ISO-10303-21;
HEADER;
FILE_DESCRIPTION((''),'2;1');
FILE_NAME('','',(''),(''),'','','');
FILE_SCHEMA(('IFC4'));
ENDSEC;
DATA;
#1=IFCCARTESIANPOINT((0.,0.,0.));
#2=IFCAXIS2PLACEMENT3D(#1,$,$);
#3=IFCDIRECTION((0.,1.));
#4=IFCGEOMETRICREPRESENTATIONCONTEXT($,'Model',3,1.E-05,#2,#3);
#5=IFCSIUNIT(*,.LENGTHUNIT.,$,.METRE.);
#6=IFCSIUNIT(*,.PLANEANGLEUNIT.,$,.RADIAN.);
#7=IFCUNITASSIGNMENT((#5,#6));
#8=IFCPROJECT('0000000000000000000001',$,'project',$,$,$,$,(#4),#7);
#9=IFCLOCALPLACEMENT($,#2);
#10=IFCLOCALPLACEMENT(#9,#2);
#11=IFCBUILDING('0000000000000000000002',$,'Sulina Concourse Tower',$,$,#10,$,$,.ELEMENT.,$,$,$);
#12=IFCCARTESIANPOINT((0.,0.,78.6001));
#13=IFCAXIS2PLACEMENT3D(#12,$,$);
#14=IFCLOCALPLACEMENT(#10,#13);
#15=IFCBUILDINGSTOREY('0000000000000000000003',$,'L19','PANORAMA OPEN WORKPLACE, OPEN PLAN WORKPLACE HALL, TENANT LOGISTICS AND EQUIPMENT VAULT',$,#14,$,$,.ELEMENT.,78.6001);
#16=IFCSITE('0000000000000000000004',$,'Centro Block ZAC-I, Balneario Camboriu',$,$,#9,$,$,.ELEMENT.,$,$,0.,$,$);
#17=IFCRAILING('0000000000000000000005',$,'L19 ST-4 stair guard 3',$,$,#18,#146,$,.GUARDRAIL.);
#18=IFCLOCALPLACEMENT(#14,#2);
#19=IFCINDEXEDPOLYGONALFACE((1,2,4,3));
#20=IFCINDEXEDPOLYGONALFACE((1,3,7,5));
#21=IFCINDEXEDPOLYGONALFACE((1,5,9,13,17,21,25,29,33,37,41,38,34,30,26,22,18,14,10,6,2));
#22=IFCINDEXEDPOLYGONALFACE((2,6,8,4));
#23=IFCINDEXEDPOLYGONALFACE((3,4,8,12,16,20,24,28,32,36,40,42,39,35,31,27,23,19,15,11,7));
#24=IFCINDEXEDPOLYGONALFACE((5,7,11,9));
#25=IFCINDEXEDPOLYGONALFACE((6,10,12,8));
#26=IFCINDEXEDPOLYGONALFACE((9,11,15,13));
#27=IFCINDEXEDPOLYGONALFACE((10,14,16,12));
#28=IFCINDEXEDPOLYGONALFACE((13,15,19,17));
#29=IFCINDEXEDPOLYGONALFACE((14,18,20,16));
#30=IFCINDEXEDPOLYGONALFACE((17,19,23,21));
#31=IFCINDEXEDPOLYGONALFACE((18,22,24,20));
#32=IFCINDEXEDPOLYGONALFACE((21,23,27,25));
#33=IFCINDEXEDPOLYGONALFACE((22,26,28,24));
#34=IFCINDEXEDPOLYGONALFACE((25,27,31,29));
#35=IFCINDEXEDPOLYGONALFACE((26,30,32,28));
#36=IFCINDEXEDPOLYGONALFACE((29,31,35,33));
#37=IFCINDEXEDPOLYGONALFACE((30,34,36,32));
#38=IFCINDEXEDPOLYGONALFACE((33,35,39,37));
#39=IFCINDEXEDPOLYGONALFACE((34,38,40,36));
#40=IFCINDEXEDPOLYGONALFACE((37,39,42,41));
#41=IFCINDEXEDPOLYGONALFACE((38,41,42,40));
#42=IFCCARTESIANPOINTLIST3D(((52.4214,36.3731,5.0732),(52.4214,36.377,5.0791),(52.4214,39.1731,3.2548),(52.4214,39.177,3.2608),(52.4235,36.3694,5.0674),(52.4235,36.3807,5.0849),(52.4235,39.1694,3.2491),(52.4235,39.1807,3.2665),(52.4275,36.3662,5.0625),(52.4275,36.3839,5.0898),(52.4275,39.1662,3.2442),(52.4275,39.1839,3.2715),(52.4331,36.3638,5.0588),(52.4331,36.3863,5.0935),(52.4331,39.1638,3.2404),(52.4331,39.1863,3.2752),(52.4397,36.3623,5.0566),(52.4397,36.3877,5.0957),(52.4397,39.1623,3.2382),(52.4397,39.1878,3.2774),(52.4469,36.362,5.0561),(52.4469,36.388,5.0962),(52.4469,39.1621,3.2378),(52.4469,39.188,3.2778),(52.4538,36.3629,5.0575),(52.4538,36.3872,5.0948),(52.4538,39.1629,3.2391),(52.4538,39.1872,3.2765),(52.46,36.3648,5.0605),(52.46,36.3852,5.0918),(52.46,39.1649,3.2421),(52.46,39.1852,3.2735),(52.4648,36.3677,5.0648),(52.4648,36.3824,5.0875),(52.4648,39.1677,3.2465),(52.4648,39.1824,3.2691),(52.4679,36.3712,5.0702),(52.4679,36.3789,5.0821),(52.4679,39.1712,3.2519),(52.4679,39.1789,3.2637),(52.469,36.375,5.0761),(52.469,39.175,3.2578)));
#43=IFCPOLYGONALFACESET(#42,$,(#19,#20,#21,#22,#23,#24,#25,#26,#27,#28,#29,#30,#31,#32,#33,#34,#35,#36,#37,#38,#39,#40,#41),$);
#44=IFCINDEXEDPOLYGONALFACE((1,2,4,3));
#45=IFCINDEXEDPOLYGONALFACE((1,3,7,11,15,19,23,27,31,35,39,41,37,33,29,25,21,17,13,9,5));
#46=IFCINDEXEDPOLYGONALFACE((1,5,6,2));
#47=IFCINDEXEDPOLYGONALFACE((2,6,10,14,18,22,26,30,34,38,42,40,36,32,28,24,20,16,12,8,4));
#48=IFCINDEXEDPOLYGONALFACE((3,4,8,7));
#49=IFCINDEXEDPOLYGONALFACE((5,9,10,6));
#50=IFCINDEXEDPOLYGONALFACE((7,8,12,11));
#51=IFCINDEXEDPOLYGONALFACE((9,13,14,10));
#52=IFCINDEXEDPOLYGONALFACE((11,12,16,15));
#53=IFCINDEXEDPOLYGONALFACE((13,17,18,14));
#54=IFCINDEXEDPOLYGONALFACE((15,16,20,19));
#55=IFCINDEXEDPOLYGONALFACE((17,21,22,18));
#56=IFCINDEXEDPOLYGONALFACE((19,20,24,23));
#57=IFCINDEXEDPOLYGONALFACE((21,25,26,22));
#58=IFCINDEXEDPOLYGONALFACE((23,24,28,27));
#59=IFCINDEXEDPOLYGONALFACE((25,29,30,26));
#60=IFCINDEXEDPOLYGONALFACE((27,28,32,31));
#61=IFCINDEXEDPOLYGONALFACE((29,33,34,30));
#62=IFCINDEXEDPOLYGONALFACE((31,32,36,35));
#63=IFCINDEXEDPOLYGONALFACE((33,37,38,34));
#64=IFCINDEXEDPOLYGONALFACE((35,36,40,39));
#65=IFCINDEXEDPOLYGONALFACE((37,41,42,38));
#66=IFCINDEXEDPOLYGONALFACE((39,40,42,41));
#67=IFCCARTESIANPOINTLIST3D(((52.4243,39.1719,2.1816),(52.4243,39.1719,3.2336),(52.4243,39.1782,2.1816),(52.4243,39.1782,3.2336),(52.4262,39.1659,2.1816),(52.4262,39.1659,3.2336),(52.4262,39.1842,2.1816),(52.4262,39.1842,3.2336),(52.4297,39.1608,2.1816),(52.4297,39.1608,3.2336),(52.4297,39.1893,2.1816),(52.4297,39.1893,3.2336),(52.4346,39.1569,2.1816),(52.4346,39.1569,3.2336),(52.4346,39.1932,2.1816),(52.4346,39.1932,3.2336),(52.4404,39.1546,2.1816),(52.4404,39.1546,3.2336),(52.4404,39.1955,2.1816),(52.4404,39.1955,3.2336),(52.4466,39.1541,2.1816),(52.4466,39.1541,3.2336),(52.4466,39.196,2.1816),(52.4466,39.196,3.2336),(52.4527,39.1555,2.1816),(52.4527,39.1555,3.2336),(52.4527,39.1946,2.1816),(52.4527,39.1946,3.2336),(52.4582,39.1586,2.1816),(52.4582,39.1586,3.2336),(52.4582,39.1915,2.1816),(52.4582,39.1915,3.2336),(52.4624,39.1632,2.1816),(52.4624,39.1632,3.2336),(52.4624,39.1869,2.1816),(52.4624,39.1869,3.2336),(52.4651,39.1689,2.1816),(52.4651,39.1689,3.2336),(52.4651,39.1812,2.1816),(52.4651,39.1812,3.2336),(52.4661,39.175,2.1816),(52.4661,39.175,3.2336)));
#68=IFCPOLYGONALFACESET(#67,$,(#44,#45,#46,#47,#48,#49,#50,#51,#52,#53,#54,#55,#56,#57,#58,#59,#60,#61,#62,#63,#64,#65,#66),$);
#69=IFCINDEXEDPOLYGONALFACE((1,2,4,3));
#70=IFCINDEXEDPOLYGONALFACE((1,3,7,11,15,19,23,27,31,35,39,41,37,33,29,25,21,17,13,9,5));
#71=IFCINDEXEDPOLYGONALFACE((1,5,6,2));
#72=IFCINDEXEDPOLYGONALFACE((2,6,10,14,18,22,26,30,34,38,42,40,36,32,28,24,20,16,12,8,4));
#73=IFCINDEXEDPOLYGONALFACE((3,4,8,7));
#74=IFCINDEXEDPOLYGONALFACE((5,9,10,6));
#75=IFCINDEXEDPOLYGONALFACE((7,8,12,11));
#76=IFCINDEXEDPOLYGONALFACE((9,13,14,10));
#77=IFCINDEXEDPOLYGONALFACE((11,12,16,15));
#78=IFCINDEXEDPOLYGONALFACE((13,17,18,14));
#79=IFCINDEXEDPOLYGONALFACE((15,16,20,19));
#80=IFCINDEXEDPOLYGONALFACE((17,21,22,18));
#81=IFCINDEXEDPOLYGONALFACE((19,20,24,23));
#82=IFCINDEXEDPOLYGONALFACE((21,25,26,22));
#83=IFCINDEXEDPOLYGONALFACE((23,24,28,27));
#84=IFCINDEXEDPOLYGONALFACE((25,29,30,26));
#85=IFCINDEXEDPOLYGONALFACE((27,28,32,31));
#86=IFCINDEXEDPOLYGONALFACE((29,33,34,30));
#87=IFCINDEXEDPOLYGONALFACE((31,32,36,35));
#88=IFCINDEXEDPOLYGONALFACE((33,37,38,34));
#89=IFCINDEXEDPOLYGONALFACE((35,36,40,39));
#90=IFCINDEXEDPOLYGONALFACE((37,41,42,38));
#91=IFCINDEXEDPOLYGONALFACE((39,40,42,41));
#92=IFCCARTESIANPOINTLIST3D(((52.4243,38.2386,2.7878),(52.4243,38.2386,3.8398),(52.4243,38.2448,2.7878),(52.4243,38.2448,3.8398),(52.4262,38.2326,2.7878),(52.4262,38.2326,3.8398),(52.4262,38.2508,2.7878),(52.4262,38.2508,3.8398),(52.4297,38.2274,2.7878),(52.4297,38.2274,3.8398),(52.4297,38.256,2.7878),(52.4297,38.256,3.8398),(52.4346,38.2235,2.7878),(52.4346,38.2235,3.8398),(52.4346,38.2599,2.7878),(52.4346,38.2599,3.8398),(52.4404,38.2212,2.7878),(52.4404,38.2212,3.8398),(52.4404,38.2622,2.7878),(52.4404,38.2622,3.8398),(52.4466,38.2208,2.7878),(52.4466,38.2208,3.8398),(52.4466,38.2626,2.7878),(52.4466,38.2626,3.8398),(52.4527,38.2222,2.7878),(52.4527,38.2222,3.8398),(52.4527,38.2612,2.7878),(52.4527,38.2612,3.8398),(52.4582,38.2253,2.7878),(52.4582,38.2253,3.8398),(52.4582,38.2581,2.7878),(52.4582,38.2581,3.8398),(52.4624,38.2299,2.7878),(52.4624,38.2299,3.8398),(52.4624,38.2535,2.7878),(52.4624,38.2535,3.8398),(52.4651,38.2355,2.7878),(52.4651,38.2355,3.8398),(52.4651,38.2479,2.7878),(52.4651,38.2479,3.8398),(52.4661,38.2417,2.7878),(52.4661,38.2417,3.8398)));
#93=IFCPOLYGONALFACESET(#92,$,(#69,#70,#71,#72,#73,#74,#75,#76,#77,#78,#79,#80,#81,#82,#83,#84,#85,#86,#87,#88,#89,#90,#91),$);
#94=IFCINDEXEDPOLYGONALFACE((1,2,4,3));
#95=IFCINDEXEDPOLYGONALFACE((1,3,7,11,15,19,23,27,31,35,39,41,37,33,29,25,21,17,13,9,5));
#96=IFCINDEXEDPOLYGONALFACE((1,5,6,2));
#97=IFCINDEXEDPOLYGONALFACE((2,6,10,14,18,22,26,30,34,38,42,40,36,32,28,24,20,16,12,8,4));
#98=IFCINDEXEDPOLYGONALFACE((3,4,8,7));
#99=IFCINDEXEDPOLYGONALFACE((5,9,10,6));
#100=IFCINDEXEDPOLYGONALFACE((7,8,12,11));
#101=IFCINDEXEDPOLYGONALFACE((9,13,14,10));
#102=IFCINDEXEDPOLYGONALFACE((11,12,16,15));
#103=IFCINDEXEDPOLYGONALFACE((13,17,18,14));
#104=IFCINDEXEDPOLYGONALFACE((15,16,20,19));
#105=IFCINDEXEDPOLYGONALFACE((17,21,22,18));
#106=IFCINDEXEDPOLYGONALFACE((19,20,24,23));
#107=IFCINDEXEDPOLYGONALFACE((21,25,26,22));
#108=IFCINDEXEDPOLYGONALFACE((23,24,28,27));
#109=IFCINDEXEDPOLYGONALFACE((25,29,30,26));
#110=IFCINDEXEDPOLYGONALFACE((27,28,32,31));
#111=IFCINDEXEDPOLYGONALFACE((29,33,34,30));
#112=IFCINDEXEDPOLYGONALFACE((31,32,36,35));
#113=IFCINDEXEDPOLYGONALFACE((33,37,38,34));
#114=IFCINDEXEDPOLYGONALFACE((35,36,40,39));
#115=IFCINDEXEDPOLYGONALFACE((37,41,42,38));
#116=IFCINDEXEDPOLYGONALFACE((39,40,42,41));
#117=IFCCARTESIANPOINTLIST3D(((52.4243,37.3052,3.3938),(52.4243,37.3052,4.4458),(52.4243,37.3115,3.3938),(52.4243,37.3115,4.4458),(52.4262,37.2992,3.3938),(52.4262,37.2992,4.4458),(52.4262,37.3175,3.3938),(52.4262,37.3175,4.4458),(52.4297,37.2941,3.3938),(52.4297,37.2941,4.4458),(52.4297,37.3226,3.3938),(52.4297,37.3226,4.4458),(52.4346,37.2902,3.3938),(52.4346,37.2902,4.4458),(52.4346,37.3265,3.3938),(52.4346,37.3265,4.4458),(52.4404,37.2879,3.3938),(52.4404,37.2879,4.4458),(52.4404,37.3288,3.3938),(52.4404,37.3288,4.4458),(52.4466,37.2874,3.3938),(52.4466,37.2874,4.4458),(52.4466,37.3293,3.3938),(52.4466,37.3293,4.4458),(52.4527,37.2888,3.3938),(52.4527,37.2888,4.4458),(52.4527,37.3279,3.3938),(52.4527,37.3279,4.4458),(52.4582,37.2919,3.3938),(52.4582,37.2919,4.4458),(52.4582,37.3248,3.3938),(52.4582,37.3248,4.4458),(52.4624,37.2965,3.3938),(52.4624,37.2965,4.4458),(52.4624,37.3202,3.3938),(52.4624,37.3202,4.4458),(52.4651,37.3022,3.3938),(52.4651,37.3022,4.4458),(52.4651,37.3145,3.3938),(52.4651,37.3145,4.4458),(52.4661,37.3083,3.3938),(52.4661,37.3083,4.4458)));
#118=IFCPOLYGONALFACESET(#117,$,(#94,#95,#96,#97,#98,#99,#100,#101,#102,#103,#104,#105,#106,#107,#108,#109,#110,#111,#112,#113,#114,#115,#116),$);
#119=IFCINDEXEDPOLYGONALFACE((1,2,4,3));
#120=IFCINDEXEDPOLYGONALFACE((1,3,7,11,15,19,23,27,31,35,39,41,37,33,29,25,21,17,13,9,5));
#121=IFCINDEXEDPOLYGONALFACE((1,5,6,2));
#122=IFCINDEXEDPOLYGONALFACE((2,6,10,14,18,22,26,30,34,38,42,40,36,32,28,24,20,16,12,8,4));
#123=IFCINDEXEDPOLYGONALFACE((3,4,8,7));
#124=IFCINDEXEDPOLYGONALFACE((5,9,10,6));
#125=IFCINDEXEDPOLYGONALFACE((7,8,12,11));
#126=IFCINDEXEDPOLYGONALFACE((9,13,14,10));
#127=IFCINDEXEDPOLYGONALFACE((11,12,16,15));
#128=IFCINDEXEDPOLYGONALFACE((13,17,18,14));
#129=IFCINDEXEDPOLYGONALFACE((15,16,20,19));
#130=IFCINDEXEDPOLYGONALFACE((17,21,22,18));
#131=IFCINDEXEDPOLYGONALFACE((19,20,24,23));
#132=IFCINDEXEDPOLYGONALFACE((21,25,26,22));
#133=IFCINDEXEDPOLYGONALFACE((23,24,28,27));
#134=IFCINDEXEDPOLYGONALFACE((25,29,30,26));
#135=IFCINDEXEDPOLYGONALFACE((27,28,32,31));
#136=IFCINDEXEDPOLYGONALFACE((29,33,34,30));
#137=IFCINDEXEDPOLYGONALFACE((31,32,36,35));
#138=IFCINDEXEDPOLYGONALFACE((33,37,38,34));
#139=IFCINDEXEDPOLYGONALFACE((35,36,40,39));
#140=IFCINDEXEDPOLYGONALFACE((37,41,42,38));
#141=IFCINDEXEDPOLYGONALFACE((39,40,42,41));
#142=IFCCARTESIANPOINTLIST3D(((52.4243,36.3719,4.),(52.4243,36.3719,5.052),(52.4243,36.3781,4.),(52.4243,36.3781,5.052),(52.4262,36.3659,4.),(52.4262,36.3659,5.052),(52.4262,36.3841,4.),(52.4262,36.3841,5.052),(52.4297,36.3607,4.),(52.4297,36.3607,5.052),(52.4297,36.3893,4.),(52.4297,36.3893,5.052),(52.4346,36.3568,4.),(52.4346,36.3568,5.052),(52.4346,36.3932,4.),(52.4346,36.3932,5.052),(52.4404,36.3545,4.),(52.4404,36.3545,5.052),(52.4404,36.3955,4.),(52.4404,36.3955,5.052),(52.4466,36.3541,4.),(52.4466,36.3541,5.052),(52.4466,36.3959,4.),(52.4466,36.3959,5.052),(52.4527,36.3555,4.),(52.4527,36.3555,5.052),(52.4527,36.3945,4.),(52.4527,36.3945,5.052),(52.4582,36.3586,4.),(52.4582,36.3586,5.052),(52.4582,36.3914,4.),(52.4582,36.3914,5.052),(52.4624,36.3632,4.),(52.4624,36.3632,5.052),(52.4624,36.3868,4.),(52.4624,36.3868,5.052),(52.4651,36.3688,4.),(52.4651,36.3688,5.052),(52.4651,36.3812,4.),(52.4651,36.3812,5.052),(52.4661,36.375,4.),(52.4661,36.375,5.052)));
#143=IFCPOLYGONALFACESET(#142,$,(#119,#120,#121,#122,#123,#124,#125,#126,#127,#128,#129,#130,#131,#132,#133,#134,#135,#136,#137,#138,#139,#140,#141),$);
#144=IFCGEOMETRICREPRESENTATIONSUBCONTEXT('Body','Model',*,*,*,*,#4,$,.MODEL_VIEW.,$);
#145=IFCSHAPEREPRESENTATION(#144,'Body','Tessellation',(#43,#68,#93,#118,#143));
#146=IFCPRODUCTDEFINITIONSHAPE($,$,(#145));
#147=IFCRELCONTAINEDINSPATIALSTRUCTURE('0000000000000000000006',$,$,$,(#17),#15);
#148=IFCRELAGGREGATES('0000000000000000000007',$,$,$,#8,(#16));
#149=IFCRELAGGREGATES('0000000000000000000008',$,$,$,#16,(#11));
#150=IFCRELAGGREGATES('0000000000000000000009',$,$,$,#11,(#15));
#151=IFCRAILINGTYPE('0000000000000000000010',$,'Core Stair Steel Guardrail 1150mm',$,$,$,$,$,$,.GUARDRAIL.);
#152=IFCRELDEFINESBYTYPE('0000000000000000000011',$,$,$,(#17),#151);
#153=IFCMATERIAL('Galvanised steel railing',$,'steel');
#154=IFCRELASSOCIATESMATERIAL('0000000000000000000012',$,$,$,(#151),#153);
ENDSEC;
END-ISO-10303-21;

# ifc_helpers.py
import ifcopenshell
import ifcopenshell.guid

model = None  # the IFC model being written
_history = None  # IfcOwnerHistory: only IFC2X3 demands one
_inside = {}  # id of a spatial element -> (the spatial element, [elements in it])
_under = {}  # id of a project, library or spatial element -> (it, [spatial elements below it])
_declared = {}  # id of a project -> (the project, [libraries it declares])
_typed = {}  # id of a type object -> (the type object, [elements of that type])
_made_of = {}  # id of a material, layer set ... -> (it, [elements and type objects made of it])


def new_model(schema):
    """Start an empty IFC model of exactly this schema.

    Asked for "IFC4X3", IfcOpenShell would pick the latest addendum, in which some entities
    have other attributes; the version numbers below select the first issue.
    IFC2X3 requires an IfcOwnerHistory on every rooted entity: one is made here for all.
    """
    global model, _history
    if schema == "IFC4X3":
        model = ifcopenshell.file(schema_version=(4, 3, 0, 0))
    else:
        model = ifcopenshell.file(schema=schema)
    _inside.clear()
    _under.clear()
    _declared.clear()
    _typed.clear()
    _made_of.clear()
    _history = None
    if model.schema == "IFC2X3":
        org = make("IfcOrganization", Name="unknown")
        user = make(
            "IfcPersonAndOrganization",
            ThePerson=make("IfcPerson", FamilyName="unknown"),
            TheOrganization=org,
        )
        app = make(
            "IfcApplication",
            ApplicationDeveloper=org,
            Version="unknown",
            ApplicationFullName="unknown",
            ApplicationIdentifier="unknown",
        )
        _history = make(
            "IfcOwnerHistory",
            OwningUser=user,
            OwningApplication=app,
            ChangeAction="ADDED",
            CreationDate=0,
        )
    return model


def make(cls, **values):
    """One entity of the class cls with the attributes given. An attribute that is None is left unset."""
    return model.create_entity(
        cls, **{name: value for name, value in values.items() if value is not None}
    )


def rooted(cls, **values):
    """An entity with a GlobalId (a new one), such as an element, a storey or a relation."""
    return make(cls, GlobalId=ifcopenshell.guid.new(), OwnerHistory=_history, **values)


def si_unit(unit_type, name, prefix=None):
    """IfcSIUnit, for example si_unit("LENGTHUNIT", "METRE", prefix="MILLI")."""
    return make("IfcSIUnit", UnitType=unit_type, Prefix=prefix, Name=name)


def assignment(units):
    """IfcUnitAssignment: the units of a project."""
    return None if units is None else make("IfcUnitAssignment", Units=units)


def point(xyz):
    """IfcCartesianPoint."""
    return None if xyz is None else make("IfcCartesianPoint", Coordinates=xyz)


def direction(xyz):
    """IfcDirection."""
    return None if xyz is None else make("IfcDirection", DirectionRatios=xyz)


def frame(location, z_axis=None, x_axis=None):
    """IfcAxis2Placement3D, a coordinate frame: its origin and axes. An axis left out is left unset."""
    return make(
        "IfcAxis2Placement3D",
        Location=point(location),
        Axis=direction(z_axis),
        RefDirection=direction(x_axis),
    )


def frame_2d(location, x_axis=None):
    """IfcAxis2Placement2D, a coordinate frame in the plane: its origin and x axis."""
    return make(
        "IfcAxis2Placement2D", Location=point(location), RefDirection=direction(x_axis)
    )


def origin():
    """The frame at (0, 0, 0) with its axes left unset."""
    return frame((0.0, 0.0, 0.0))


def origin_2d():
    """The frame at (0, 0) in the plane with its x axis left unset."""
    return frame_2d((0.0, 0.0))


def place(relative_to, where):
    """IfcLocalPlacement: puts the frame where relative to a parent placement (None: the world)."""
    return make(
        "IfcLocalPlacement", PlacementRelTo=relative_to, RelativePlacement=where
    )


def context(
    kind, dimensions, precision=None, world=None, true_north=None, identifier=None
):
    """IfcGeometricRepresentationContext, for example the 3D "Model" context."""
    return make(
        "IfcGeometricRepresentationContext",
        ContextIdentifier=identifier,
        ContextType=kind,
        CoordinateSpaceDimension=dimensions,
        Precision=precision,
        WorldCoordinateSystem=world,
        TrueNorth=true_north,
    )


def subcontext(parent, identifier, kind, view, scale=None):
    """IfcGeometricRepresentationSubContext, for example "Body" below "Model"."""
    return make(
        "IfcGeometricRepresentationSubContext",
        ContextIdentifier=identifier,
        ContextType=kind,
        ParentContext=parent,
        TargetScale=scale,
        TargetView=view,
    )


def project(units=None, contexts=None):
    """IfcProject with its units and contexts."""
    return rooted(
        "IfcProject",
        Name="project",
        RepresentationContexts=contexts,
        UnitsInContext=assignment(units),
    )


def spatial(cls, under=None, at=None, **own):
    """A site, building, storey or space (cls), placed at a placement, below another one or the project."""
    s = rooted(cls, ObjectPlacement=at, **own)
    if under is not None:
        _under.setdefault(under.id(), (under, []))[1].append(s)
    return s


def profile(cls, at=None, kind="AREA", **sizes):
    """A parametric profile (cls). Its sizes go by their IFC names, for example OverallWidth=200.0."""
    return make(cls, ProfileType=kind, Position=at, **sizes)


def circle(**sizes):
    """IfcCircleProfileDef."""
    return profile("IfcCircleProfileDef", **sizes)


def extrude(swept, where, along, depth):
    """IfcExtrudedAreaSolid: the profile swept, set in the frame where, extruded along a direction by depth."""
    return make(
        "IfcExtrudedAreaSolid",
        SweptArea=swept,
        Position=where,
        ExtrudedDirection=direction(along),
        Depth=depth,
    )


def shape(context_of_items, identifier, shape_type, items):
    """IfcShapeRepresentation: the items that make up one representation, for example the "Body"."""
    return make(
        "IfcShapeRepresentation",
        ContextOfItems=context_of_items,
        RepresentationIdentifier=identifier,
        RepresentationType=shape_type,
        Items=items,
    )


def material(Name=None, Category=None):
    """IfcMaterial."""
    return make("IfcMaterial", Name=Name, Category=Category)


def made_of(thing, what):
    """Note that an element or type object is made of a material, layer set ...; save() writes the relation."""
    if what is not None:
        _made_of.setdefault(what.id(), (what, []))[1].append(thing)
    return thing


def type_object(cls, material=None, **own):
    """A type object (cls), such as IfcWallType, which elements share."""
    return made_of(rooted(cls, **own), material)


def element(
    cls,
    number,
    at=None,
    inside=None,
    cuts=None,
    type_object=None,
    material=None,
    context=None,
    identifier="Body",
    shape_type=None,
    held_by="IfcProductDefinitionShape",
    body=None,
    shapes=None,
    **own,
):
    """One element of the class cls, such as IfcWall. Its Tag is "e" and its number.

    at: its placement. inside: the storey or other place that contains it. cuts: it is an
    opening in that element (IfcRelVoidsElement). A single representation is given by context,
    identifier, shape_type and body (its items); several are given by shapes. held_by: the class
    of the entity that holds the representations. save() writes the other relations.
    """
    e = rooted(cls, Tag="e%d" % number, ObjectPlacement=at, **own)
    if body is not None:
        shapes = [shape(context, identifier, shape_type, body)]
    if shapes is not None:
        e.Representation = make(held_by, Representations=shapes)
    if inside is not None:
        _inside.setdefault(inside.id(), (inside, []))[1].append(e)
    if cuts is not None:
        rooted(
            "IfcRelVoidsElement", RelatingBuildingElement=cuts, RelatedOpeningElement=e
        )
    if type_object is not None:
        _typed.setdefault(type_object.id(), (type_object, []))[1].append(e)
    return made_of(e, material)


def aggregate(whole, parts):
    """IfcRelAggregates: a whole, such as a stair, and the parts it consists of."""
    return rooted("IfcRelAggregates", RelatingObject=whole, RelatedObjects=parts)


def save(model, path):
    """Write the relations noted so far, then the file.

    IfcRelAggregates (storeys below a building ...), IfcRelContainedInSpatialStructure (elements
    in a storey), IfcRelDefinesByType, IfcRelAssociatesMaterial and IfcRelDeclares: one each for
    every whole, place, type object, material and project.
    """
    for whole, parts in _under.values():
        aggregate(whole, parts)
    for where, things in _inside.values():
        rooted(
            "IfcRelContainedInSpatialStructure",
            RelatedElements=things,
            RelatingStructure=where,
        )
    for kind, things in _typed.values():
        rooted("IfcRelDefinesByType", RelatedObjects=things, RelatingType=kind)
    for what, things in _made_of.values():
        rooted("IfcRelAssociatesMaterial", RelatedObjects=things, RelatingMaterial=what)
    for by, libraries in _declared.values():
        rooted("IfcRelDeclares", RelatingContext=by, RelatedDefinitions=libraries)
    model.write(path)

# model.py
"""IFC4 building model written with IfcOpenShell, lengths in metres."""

from ifc_helpers import new_model, si_unit, direction, frame, origin, origin_2d, place, context, subcontext, project, spatial, circle, extrude, material, type_object, element, save


model = new_model("IFC4")

# Units and contexts
model_context = context("Model", 3, precision=1e-05, world=origin(), true_north=direction((0.0, 1.0)))
body_context = subcontext(model_context, "Body", "Model", "MODEL_VIEW")
ifc_project = project(units=[si_unit("LENGTHUNIT", "METRE"), si_unit("PLANEANGLEUNIT", "RADIAN")], contexts=[model_context])

# Site, building, storey
site_placement = place(None, origin())
site = spatial("IfcSite", under=ifc_project, at=site_placement, Name="Centro Block ZAC-I, Balneario Camboriu", CompositionType="ELEMENT", RefElevation=0.0)
building_placement = place(site_placement, origin())
building = spatial("IfcBuilding", under=site, at=building_placement, Name="Sulina Concourse Tower", CompositionType="ELEMENT")
storey_placement = place(building_placement, frame((0.0, 0.0, 78.6001)))
storey = spatial("IfcBuildingStorey", under=building, at=storey_placement, Name="L19", Description="PANORAMA OPEN WORKPLACE, OPEN PLAN WORKPLACE HALL, TENANT LOGISTICS AND EQUIPMENT VAULT", CompositionType="ELEMENT", Elevation=78.6001)

# Railing
ifc_material_1 = material(Name="Galvanised steel railing", Category="steel")
railing_type_1 = type_object("IfcRailingType", Name="Core Stair Steel Guardrail 1150mm", PredefinedType="GUARDRAIL", material=ifc_material_1)
railing_1_placement = place(storey_placement, frame((52.4451, 39.175, 2.1816)))
element("IfcRailing", 1, at=railing_1_placement, inside=storey, type_object=railing_type_1, Name="L19 ST-4 stair guard 3", PredefinedType="GUARDRAIL", context=body_context, shape_type="SweptSolid", body=[
    extrude(circle(Radius=0.0239, at=origin_2d()), frame((0.0, 0.0, 1.0762), z_axis=(0.0, -0.838672, 0.544636), x_axis=(1.0, 0.0, 0.0)), (0.0, 0.0, 1.0), 3.3386),
    extrude(circle(Radius=0.021, at=origin_2d()), origin(), (0.0, 0.0, 1.0), 1.052),
    extrude(circle(Radius=0.021, at=origin_2d()), frame((0.0, -0.9333, 0.6062)), (0.0, 0.0, 1.0), 1.052),
    extrude(circle(Radius=0.021, at=origin_2d()), frame((0.0, -1.8667, 1.2122)), (0.0, 0.0, 1.0), 1.052),
    extrude(circle(Radius=0.021, at=origin_2d()), frame((0.0, -2.8, 1.8184)), (0.0, 0.0, 1.0), 1.052),
])

save(model, "model.ifc")
